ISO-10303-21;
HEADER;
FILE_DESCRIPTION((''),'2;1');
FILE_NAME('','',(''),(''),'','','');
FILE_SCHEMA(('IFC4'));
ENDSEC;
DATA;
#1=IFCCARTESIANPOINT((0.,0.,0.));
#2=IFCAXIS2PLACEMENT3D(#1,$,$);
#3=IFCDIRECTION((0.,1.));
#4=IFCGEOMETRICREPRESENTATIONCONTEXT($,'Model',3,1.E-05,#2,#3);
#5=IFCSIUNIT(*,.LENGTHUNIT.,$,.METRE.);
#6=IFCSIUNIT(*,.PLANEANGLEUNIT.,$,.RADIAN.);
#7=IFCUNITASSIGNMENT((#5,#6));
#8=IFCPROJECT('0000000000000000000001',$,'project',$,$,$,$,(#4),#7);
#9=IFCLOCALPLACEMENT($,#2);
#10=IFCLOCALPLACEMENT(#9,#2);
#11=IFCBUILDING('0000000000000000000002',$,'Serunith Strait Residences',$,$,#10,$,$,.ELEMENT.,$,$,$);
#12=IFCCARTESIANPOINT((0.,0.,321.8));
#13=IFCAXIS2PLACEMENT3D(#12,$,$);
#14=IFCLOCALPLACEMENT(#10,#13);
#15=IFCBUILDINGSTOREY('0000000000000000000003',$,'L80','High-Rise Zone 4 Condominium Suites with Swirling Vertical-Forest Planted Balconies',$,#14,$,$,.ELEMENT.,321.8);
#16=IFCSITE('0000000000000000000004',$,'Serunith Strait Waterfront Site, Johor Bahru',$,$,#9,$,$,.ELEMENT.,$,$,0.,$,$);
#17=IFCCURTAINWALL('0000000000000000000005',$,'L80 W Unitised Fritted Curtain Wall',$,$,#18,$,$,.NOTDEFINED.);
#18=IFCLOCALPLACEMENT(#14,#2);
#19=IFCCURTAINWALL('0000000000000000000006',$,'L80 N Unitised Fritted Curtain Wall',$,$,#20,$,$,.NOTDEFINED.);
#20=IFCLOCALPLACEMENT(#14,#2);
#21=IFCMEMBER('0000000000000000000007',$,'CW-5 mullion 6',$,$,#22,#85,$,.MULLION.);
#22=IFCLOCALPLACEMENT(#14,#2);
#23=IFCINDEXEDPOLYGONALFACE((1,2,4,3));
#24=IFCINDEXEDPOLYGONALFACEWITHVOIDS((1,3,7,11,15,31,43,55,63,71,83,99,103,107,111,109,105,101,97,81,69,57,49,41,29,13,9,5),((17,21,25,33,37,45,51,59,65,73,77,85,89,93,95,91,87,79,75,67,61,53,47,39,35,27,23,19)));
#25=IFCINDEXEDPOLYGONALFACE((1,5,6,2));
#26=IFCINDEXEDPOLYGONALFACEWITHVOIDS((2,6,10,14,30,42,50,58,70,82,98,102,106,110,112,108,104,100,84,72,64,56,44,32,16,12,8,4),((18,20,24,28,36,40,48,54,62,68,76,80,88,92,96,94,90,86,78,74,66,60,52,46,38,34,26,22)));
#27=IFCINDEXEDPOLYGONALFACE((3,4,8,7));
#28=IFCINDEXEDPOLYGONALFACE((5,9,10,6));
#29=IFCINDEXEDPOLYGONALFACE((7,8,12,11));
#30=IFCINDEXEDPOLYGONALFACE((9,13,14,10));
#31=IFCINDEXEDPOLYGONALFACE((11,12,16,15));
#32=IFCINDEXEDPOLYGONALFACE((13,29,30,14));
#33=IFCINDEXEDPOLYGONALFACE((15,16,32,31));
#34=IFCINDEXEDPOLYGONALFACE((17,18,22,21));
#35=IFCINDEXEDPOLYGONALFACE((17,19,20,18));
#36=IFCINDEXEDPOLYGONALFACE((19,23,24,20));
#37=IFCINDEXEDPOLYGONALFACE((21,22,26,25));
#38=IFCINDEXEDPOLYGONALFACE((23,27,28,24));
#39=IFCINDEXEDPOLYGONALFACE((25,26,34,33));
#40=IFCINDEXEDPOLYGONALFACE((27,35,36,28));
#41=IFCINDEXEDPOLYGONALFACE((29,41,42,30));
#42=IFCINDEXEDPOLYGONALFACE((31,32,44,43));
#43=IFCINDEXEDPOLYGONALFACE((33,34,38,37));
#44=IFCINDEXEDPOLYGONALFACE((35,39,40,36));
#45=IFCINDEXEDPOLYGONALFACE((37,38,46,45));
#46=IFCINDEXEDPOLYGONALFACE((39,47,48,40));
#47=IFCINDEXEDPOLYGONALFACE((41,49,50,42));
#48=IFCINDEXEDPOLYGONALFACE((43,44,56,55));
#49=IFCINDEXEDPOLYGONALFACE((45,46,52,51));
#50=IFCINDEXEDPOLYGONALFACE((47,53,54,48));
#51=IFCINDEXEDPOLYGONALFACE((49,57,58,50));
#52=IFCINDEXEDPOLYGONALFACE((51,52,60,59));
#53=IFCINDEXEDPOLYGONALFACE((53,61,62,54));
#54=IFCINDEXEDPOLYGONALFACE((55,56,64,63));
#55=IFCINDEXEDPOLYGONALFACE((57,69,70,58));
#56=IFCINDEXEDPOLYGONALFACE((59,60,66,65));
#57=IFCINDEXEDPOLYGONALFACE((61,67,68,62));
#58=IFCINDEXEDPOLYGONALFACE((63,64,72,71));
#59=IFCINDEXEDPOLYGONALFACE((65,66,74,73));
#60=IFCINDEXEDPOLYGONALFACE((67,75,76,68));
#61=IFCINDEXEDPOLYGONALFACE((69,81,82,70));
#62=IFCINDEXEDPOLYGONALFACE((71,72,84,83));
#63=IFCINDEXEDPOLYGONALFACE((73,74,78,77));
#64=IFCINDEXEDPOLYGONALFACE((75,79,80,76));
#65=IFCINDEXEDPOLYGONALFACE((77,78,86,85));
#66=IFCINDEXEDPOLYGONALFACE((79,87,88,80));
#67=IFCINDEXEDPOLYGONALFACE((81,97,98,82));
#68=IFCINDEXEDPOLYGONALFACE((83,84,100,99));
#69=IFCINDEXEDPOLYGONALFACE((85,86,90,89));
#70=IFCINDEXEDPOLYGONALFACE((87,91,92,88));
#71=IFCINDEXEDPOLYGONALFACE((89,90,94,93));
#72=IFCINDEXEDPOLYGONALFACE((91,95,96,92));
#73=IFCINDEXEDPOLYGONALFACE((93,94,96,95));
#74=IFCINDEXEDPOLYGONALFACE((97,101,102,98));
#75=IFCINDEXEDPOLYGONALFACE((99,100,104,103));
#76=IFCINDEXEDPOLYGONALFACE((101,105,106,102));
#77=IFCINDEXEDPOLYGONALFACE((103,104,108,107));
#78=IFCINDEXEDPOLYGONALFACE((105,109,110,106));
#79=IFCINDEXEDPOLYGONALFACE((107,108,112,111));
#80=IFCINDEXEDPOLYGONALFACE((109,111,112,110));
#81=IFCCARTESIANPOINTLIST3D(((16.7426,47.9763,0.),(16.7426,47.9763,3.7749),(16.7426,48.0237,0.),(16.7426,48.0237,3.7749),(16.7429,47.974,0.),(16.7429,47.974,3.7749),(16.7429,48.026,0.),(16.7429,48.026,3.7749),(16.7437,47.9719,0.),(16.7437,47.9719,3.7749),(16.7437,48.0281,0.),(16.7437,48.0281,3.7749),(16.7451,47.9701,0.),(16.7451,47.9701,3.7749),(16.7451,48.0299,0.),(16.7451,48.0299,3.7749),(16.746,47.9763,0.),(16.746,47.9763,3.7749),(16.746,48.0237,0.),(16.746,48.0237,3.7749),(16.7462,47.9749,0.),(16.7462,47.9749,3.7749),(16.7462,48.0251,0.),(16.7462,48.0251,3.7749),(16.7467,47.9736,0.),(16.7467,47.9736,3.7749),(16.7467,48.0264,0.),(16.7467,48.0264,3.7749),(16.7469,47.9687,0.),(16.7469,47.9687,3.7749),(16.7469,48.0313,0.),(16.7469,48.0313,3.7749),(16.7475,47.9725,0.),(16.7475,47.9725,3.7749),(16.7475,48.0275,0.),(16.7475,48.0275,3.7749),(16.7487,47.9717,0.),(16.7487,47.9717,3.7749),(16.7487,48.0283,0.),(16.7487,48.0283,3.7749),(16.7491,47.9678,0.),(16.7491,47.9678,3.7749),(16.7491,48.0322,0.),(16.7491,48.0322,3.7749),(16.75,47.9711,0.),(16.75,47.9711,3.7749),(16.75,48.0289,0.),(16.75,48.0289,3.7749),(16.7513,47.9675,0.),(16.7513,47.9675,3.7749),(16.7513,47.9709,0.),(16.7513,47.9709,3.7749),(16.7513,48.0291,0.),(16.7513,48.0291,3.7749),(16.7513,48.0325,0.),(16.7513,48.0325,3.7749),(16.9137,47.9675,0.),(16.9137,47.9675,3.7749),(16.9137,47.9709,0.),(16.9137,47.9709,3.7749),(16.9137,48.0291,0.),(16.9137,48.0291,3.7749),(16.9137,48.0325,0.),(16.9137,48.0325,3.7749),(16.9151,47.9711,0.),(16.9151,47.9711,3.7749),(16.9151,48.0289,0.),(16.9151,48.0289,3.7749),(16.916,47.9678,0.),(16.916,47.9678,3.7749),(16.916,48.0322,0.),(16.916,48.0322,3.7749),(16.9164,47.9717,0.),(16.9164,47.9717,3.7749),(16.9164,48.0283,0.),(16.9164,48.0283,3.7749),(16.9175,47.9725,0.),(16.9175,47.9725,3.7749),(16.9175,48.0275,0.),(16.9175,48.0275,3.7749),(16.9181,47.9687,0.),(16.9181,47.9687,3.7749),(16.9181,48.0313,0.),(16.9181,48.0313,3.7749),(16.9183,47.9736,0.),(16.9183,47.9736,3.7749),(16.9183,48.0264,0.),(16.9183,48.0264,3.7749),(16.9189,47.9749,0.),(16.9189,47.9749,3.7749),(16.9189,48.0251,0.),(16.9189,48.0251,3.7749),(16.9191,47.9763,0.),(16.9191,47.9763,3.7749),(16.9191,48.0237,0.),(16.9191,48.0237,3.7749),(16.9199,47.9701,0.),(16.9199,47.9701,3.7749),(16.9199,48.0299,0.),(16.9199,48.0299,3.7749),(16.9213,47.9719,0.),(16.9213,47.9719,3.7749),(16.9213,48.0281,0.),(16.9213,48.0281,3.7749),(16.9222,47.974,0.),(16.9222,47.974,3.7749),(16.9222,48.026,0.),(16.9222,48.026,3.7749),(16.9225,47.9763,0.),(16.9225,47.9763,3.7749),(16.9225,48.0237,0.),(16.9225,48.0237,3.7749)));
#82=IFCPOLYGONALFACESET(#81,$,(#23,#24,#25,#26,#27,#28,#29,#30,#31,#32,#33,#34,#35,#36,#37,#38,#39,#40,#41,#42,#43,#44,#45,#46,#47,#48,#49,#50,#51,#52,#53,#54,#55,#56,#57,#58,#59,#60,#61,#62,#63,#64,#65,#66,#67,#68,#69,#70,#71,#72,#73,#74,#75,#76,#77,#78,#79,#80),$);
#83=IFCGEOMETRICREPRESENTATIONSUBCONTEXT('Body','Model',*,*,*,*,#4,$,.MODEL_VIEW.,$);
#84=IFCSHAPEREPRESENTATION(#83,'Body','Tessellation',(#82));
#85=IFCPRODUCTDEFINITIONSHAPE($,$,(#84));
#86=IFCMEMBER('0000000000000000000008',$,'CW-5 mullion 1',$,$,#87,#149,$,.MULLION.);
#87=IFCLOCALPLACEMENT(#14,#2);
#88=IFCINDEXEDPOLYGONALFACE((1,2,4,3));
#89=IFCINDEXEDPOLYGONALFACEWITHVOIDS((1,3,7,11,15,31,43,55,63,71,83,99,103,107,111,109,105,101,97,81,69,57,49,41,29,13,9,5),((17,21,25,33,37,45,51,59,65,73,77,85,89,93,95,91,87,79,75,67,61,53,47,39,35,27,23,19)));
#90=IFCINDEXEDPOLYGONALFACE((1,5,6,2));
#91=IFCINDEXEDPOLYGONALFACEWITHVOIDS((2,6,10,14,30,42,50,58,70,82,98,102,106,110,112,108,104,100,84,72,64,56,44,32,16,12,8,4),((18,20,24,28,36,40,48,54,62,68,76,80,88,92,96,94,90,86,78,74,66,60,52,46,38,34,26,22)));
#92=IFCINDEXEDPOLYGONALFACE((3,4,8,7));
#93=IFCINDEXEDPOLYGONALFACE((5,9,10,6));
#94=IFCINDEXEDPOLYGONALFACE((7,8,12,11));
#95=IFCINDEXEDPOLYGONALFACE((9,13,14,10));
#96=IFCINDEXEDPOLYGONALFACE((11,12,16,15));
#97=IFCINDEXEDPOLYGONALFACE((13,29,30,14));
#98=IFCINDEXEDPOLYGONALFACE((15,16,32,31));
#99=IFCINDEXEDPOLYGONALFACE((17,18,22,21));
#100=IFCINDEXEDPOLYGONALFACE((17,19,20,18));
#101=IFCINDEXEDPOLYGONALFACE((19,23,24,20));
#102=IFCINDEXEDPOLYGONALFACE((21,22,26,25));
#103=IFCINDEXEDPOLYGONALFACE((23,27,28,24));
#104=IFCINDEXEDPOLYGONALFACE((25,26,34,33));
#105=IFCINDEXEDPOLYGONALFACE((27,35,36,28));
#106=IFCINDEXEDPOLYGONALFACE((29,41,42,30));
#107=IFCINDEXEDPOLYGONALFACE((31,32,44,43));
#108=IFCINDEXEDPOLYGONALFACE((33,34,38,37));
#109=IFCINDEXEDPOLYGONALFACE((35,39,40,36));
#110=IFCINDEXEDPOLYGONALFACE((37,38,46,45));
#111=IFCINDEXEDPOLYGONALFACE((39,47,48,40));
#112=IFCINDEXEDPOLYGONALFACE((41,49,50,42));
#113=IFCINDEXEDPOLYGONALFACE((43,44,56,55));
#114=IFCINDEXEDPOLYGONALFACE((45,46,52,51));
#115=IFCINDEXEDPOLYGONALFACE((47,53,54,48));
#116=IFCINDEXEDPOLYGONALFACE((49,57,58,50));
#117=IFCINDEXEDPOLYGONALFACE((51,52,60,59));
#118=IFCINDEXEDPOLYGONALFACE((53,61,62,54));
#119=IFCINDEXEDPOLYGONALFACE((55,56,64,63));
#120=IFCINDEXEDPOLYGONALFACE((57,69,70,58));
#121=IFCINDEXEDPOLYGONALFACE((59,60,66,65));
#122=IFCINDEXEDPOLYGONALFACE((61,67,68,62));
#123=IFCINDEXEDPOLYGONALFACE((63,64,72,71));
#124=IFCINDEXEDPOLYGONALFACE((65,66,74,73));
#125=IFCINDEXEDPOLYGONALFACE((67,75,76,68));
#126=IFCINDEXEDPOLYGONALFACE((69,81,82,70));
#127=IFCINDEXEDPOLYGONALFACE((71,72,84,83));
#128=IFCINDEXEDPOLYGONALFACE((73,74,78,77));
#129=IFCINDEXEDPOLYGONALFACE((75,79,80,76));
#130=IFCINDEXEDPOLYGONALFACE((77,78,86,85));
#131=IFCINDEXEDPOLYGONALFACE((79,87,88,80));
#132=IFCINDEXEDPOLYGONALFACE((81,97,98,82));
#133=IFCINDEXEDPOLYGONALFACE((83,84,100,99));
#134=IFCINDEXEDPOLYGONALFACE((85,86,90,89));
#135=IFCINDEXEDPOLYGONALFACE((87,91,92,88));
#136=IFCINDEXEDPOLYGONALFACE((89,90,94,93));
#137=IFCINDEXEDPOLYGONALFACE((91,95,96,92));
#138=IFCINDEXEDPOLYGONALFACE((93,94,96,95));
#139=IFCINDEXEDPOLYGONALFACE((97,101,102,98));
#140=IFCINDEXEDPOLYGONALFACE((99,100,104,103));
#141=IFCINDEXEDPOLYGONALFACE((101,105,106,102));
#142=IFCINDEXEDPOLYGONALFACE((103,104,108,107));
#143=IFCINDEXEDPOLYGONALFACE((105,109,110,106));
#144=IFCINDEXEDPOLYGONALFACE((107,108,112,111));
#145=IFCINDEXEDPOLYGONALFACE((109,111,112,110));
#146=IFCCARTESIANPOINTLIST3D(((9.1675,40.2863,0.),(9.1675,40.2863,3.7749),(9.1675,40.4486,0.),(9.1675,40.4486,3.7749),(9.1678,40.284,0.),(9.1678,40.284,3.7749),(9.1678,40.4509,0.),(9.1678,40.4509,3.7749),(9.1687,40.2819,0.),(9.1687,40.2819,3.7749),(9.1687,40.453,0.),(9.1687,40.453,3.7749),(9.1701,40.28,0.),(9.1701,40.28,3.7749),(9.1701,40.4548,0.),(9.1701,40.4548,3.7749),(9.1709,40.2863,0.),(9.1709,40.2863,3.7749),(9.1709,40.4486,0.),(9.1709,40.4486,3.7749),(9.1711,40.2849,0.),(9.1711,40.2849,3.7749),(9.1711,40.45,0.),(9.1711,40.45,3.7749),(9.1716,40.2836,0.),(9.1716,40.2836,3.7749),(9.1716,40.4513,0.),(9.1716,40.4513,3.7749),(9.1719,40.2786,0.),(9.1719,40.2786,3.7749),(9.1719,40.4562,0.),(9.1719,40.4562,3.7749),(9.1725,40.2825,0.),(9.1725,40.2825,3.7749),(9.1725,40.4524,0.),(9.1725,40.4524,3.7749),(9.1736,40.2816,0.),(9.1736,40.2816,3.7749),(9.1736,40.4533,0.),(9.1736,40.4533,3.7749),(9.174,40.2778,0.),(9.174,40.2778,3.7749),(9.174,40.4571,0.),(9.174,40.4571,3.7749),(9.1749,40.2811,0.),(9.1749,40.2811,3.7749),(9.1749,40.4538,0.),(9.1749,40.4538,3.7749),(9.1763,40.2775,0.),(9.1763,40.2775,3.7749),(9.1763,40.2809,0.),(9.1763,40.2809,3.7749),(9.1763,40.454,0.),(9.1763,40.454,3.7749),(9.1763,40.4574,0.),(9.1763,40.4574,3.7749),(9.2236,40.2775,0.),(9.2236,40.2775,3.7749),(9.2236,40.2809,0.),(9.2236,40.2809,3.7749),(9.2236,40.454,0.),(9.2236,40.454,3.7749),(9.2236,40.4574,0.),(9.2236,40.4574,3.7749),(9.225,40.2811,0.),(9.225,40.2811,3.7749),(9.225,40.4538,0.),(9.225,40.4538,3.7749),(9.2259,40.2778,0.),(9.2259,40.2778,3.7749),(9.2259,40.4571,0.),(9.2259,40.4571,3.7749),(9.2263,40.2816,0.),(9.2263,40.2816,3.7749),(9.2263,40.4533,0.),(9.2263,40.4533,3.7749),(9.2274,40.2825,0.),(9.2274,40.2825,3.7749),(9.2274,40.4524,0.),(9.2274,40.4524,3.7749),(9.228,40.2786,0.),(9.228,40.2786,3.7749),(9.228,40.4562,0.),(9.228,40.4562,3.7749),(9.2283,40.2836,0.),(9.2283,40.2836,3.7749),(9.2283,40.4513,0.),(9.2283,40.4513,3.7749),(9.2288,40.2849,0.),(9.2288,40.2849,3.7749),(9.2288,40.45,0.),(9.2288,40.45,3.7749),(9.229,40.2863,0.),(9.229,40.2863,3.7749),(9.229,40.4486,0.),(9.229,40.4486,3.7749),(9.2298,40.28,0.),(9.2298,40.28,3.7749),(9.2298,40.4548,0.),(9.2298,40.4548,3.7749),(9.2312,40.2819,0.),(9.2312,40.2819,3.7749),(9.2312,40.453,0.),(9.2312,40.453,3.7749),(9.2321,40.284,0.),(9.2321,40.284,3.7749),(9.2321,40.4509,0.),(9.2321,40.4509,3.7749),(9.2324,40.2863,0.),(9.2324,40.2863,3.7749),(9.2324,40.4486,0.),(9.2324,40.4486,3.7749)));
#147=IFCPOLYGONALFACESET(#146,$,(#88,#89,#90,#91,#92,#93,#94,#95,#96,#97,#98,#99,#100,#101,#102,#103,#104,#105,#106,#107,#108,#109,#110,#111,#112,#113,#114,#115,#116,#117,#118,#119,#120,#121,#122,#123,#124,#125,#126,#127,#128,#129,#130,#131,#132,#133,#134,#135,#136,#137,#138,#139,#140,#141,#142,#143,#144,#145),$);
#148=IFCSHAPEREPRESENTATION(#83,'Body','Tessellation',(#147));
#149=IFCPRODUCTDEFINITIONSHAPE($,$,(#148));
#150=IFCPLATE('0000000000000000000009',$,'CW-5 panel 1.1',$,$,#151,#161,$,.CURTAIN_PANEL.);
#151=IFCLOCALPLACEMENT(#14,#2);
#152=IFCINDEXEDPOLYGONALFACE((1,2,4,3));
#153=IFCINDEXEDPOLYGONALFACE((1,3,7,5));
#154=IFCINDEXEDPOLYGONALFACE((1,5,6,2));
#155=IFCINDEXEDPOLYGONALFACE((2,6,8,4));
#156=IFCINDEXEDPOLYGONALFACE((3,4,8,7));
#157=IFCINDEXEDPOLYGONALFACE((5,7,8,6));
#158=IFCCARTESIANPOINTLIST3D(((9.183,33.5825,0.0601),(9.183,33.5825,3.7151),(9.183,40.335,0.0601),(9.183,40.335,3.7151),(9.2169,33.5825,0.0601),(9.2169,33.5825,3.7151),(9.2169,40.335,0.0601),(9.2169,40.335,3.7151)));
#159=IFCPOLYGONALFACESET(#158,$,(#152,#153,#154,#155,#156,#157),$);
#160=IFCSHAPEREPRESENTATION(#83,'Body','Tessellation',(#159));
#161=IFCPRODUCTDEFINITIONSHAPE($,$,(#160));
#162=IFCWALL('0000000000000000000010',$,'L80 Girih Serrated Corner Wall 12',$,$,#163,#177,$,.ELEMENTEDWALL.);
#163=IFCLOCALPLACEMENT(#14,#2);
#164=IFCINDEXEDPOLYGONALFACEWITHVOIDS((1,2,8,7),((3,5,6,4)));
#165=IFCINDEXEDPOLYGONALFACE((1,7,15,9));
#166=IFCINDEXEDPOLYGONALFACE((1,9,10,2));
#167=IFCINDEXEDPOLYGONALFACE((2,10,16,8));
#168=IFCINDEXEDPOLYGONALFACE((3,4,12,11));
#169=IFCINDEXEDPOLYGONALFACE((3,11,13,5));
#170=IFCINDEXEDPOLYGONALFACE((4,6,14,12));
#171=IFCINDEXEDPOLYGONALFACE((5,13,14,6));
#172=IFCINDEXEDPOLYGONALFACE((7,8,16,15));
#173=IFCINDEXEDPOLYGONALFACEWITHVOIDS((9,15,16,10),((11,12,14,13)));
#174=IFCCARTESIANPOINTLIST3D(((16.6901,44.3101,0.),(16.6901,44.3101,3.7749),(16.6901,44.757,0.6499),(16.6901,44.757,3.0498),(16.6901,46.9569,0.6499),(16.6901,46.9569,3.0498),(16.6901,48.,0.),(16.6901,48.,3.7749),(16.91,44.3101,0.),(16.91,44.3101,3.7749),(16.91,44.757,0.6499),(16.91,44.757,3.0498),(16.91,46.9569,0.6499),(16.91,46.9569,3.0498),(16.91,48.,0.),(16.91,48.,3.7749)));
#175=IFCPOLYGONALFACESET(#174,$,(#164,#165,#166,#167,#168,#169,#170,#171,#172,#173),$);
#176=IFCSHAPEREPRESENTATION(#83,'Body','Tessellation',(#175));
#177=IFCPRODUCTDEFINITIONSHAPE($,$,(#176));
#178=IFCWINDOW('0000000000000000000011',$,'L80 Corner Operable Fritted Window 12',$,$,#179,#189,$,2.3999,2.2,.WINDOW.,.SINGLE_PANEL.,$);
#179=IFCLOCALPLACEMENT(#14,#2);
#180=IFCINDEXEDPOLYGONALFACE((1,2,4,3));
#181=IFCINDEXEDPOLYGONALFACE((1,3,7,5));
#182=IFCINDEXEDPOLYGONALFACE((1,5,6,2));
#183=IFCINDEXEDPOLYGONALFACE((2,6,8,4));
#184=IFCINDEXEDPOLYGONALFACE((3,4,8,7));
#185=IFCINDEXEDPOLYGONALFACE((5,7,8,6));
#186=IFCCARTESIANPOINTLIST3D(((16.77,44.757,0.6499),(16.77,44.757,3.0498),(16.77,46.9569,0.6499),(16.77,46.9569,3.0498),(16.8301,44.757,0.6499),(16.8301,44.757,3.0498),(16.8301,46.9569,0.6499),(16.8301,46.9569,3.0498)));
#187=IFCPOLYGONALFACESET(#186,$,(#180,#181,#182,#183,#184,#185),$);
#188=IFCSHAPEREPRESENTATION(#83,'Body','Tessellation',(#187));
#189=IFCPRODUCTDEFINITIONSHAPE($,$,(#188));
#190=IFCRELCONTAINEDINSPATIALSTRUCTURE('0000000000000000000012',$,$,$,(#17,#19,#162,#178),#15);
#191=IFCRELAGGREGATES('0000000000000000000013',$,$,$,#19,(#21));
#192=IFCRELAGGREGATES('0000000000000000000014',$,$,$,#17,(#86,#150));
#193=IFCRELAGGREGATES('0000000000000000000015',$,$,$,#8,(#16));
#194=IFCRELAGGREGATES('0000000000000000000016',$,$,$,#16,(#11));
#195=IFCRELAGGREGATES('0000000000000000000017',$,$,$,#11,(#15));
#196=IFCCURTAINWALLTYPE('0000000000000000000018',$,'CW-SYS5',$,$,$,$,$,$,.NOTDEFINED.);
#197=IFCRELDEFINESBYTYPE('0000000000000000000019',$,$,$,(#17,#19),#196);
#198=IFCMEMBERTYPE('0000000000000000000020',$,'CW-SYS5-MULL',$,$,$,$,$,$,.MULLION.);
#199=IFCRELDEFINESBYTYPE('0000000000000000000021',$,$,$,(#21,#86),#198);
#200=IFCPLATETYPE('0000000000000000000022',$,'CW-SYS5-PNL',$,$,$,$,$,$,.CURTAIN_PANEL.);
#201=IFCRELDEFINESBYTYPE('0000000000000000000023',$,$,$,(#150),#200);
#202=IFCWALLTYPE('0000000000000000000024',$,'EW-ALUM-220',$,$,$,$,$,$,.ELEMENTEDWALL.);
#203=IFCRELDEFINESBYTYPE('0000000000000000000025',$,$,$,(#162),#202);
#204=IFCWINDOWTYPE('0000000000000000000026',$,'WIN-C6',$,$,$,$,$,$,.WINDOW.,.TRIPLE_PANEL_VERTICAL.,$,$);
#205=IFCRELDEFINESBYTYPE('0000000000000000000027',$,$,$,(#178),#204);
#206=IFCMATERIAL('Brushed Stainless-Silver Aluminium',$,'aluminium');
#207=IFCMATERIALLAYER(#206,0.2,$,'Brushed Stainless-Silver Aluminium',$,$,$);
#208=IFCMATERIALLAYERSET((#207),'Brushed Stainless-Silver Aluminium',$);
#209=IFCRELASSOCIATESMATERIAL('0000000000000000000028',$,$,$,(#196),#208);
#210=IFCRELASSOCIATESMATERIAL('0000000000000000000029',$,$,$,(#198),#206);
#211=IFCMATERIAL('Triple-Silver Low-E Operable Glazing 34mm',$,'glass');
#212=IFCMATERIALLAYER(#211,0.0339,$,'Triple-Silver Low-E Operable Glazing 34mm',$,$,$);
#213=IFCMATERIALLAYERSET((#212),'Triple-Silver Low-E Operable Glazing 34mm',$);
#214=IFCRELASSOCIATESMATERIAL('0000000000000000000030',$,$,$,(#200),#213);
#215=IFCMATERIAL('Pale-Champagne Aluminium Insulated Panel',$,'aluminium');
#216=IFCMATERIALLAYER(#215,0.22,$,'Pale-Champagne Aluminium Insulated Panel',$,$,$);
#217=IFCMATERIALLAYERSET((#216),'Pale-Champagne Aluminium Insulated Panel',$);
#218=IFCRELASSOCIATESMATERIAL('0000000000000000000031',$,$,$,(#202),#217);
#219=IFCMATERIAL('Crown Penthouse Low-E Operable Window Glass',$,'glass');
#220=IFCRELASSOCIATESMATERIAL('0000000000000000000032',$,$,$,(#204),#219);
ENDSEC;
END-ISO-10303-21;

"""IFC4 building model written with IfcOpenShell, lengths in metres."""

from ifc_helpers import new_model, si_unit, direction, frame, frame_2d, origin, origin_2d, place, context, subcontext, project, spatial, rectangle, hollow_rectangle, extrude, source, transform, mapped, material, layer, layer_set, material_profile, profile_set, type_object, element, fill, aggregate, save


model = new_model("IFC4")

# Units and contexts
model_context = context("Model", 3, precision=1e-05, world=origin(), true_north=direction((0.0, 1.0)))
body_context = subcontext(model_context, "Body", "Model", "MODEL_VIEW")
ifc_project = project(units=[si_unit("LENGTHUNIT", "METRE"), si_unit("PLANEANGLEUNIT", "RADIAN")], contexts=[model_context])

# Site, building, storey
site_placement = place(None, origin())
site = spatial("IfcSite", under=ifc_project, at=site_placement, Name="Serunith Strait Waterfront Site, Johor Bahru", CompositionType="ELEMENT", RefElevation=0.0)
building_placement = place(site_placement, origin())
building = spatial("IfcBuilding", under=site, at=building_placement, Name="Serunith Strait Residences", CompositionType="ELEMENT")
storey_placement = place(building_placement, frame((0.0, 0.0, 321.8)))
storey = spatial("IfcBuildingStorey", under=building, at=storey_placement, Name="L80", Description="High-Rise Zone 4 Condominium Suites with Swirling Vertical-Forest Planted Balconies", CompositionType="ELEMENT", Elevation=321.8)

# Curtain wall
ifc_material_1 = material(Name="Brushed Stainless-Silver Aluminium", Category="aluminium")
ifc_layer_1 = layer(ifc_material_1, 0.2, Name="Brushed Stainless-Silver Aluminium")
ifc_layer_set_1 = layer_set([ifc_layer_1], Name="Brushed Stainless-Silver Aluminium")
curtain_wall_type = type_object("IfcCurtainWallType", Name="CW-SYS5", PredefinedType="NOTDEFINED", material=ifc_layer_set_1)
curtain_wall_1_placement = place(storey_placement, origin())
curtain_wall_1 = element("IfcCurtainWall", 1, at=curtain_wall_1_placement, inside=storey, type_object=curtain_wall_type, Name="L80 W Unitised Fritted Curtain Wall", PredefinedType="NOTDEFINED")

# Curtain wall, member
curtain_wall_2_placement = place(storey_placement, origin())
curtain_wall_2 = element("IfcCurtainWall", 2, at=curtain_wall_2_placement, inside=storey, type_object=curtain_wall_type, Name="L80 N Unitised Fritted Curtain Wall", PredefinedType="NOTDEFINED")
ifc_material_profile_1 = material_profile(ifc_material_1, hollow_rectangle(XDim=0.0649, YDim=0.1799, WallThickness=0.0034, InnerFilletRadius=0.0054, OuterFilletRadius=0.0088, at=origin_2d()), Name="ALU 180x65x3.5")
ifc_profile_set_1 = profile_set([ifc_material_profile_1], Name="Brushed Stainless-Silver Aluminium")
member_type_1 = type_object("IfcMemberType", Name="CW-SYS5-MULL", PredefinedType="MULLION", material=ifc_profile_set_1)
shared_shape_1 = source(origin(), body_context, "Body", "SweptSolid", [
    extrude(hollow_rectangle(XDim=0.0649, YDim=0.1799, WallThickness=0.0034, InnerFilletRadius=0.0054, OuterFilletRadius=0.0088, at=origin_2d()), origin(), (0.0, 0.0, 1.0), 3.7749),
])
member_1_placement = place(storey_placement, frame((16.8325, 48.0, 0.0), z_axis=(0.0, 0.0, 1.0), x_axis=(0.0, -1.0, 0.0)))
member_1 = element("IfcMember", 3, at=member_1_placement, type_object=member_type_1, Name="CW-5 mullion 6", PredefinedType="MULLION", context=body_context, shape_type="MappedRepresentation", body=[
    mapped(shared_shape_1, transform((0.0, 0.0, 0.0), scale=1.0)),
])
aggregate(curtain_wall_2, [member_1])

# Member
member_2_placement = place(storey_placement, frame((9.2, 40.3674, 0.0), z_axis=(0.0, 0.0, 1.0), x_axis=(1.0, 0.0, 0.0)))
member_2 = element("IfcMember", 4, at=member_2_placement, type_object=member_type_1, Name="CW-5 mullion 1", PredefinedType="MULLION", context=body_context, shape_type="MappedRepresentation", body=[
    mapped(shared_shape_1, transform((0.0, 0.0, 0.0), scale=1.0)),
])

# Plate
ifc_material_2 = material(Name="Triple-Silver Low-E Operable Glazing 34mm", Category="glass")
ifc_layer_2 = layer(ifc_material_2, 0.0339, Name="Triple-Silver Low-E Operable Glazing 34mm")
ifc_layer_set_2 = layer_set([ifc_layer_2], Name="Triple-Silver Low-E Operable Glazing 34mm")
plate_type = type_object("IfcPlateType", Name="CW-SYS5-PNL", PredefinedType="CURTAIN_PANEL", material=ifc_layer_set_2)
shared_shape_2 = source(origin(), body_context, "Body", "SweptSolid", [
    extrude(rectangle(XDim=6.7524, YDim=0.0339, at=origin_2d()), origin(), (0.0, 0.0, 1.0), 3.655),
])
plate_placement = place(storey_placement, frame((9.2, 36.9587, 0.0601), z_axis=(0.0, 0.0, 1.0), x_axis=(0.0, -1.0, 0.0)))
plate = element("IfcPlate", 5, at=plate_placement, type_object=plate_type, Name="CW-5 panel 1.1", PredefinedType="CURTAIN_PANEL", context=body_context, shape_type="MappedRepresentation", body=[
    mapped(shared_shape_2, transform((0.0, 0.0, 0.0), scale=1.0)),
])
aggregate(curtain_wall_1, [member_2, plate])

# Wall, opening, window
ifc_material_3 = material(Name="Pale-Champagne Aluminium Insulated Panel", Category="aluminium")
ifc_layer_3 = layer(ifc_material_3, 0.22, Name="Pale-Champagne Aluminium Insulated Panel")
ifc_layer_set_3 = layer_set([ifc_layer_3], Name="Pale-Champagne Aluminium Insulated Panel")
wall_type_1 = type_object("IfcWallType", Name="EW-ALUM-220", PredefinedType="ELEMENTEDWALL", material=ifc_layer_set_3)
wall_1_placement = place(storey_placement, frame((16.8, 48.0, 0.0), z_axis=(0.0, 0.0, 1.0), x_axis=(0.0, -1.0, 0.0)))
wall_1 = element("IfcWall", 6, at=wall_1_placement, inside=storey, type_object=wall_type_1, Name="L80 Girih Serrated Corner Wall 12", PredefinedType="ELEMENTEDWALL", context=body_context, shape_type="SweptSolid", body=[
    extrude(rectangle(XDim=3.6899, YDim=0.22, at=frame_2d((1.845, 0.0))), origin(), (0.0, 0.0, 1.0), 3.7749),
])
opening_1_placement = place(wall_1_placement, frame((1.043, 0.0, 0.6499)))
opening_1 = element("IfcOpeningElement", 7, at=opening_1_placement, cuts=wall_1, PredefinedType="OPENING", context=body_context, shape_type="SweptSolid", body=[
    extrude(rectangle(XDim=2.2, YDim=2.3999, at=frame_2d((1.1001, 1.2))), frame((0.0, 0.1201, 0.0), z_axis=(0.0, -1.0, 0.0), x_axis=(1.0, 0.0, 0.0)), (0.0, 0.0, 1.0), 0.24),
])
ifc_material_4 = material(Name="Crown Penthouse Low-E Operable Window Glass", Category="glass")
window_type = type_object("IfcWindowType", Name="WIN-C6", PartitioningType="TRIPLE_PANEL_VERTICAL", PredefinedType="WINDOW", material=ifc_material_4)
shared_shape_3 = source(origin(), body_context, "Body", "SweptSolid", [
    extrude(rectangle(XDim=2.2, YDim=2.3999, at=frame_2d((1.1001, 1.2))), frame((0.0, 0.03, 0.0), z_axis=(0.0, -1.0, 0.0), x_axis=(1.0, 0.0, 0.0)), (0.0, 0.0, 1.0), 0.0601),
])
window_1_placement = place(opening_1_placement, origin())
window_1 = element("IfcWindow", 8, at=window_1_placement, inside=storey, type_object=window_type, Name="L80 Corner Operable Fritted Window 12", OverallHeight=2.3999, OverallWidth=2.2, PartitioningType="SINGLE_PANEL", PredefinedType="WINDOW", context=body_context, shape_type="MappedRepresentation", body=[
    mapped(shared_shape_3, transform((0.0, 0.0, 0.0), scale=1.0)),
])
fill(opening_1, window_1)

save(model, "model.ifc")
